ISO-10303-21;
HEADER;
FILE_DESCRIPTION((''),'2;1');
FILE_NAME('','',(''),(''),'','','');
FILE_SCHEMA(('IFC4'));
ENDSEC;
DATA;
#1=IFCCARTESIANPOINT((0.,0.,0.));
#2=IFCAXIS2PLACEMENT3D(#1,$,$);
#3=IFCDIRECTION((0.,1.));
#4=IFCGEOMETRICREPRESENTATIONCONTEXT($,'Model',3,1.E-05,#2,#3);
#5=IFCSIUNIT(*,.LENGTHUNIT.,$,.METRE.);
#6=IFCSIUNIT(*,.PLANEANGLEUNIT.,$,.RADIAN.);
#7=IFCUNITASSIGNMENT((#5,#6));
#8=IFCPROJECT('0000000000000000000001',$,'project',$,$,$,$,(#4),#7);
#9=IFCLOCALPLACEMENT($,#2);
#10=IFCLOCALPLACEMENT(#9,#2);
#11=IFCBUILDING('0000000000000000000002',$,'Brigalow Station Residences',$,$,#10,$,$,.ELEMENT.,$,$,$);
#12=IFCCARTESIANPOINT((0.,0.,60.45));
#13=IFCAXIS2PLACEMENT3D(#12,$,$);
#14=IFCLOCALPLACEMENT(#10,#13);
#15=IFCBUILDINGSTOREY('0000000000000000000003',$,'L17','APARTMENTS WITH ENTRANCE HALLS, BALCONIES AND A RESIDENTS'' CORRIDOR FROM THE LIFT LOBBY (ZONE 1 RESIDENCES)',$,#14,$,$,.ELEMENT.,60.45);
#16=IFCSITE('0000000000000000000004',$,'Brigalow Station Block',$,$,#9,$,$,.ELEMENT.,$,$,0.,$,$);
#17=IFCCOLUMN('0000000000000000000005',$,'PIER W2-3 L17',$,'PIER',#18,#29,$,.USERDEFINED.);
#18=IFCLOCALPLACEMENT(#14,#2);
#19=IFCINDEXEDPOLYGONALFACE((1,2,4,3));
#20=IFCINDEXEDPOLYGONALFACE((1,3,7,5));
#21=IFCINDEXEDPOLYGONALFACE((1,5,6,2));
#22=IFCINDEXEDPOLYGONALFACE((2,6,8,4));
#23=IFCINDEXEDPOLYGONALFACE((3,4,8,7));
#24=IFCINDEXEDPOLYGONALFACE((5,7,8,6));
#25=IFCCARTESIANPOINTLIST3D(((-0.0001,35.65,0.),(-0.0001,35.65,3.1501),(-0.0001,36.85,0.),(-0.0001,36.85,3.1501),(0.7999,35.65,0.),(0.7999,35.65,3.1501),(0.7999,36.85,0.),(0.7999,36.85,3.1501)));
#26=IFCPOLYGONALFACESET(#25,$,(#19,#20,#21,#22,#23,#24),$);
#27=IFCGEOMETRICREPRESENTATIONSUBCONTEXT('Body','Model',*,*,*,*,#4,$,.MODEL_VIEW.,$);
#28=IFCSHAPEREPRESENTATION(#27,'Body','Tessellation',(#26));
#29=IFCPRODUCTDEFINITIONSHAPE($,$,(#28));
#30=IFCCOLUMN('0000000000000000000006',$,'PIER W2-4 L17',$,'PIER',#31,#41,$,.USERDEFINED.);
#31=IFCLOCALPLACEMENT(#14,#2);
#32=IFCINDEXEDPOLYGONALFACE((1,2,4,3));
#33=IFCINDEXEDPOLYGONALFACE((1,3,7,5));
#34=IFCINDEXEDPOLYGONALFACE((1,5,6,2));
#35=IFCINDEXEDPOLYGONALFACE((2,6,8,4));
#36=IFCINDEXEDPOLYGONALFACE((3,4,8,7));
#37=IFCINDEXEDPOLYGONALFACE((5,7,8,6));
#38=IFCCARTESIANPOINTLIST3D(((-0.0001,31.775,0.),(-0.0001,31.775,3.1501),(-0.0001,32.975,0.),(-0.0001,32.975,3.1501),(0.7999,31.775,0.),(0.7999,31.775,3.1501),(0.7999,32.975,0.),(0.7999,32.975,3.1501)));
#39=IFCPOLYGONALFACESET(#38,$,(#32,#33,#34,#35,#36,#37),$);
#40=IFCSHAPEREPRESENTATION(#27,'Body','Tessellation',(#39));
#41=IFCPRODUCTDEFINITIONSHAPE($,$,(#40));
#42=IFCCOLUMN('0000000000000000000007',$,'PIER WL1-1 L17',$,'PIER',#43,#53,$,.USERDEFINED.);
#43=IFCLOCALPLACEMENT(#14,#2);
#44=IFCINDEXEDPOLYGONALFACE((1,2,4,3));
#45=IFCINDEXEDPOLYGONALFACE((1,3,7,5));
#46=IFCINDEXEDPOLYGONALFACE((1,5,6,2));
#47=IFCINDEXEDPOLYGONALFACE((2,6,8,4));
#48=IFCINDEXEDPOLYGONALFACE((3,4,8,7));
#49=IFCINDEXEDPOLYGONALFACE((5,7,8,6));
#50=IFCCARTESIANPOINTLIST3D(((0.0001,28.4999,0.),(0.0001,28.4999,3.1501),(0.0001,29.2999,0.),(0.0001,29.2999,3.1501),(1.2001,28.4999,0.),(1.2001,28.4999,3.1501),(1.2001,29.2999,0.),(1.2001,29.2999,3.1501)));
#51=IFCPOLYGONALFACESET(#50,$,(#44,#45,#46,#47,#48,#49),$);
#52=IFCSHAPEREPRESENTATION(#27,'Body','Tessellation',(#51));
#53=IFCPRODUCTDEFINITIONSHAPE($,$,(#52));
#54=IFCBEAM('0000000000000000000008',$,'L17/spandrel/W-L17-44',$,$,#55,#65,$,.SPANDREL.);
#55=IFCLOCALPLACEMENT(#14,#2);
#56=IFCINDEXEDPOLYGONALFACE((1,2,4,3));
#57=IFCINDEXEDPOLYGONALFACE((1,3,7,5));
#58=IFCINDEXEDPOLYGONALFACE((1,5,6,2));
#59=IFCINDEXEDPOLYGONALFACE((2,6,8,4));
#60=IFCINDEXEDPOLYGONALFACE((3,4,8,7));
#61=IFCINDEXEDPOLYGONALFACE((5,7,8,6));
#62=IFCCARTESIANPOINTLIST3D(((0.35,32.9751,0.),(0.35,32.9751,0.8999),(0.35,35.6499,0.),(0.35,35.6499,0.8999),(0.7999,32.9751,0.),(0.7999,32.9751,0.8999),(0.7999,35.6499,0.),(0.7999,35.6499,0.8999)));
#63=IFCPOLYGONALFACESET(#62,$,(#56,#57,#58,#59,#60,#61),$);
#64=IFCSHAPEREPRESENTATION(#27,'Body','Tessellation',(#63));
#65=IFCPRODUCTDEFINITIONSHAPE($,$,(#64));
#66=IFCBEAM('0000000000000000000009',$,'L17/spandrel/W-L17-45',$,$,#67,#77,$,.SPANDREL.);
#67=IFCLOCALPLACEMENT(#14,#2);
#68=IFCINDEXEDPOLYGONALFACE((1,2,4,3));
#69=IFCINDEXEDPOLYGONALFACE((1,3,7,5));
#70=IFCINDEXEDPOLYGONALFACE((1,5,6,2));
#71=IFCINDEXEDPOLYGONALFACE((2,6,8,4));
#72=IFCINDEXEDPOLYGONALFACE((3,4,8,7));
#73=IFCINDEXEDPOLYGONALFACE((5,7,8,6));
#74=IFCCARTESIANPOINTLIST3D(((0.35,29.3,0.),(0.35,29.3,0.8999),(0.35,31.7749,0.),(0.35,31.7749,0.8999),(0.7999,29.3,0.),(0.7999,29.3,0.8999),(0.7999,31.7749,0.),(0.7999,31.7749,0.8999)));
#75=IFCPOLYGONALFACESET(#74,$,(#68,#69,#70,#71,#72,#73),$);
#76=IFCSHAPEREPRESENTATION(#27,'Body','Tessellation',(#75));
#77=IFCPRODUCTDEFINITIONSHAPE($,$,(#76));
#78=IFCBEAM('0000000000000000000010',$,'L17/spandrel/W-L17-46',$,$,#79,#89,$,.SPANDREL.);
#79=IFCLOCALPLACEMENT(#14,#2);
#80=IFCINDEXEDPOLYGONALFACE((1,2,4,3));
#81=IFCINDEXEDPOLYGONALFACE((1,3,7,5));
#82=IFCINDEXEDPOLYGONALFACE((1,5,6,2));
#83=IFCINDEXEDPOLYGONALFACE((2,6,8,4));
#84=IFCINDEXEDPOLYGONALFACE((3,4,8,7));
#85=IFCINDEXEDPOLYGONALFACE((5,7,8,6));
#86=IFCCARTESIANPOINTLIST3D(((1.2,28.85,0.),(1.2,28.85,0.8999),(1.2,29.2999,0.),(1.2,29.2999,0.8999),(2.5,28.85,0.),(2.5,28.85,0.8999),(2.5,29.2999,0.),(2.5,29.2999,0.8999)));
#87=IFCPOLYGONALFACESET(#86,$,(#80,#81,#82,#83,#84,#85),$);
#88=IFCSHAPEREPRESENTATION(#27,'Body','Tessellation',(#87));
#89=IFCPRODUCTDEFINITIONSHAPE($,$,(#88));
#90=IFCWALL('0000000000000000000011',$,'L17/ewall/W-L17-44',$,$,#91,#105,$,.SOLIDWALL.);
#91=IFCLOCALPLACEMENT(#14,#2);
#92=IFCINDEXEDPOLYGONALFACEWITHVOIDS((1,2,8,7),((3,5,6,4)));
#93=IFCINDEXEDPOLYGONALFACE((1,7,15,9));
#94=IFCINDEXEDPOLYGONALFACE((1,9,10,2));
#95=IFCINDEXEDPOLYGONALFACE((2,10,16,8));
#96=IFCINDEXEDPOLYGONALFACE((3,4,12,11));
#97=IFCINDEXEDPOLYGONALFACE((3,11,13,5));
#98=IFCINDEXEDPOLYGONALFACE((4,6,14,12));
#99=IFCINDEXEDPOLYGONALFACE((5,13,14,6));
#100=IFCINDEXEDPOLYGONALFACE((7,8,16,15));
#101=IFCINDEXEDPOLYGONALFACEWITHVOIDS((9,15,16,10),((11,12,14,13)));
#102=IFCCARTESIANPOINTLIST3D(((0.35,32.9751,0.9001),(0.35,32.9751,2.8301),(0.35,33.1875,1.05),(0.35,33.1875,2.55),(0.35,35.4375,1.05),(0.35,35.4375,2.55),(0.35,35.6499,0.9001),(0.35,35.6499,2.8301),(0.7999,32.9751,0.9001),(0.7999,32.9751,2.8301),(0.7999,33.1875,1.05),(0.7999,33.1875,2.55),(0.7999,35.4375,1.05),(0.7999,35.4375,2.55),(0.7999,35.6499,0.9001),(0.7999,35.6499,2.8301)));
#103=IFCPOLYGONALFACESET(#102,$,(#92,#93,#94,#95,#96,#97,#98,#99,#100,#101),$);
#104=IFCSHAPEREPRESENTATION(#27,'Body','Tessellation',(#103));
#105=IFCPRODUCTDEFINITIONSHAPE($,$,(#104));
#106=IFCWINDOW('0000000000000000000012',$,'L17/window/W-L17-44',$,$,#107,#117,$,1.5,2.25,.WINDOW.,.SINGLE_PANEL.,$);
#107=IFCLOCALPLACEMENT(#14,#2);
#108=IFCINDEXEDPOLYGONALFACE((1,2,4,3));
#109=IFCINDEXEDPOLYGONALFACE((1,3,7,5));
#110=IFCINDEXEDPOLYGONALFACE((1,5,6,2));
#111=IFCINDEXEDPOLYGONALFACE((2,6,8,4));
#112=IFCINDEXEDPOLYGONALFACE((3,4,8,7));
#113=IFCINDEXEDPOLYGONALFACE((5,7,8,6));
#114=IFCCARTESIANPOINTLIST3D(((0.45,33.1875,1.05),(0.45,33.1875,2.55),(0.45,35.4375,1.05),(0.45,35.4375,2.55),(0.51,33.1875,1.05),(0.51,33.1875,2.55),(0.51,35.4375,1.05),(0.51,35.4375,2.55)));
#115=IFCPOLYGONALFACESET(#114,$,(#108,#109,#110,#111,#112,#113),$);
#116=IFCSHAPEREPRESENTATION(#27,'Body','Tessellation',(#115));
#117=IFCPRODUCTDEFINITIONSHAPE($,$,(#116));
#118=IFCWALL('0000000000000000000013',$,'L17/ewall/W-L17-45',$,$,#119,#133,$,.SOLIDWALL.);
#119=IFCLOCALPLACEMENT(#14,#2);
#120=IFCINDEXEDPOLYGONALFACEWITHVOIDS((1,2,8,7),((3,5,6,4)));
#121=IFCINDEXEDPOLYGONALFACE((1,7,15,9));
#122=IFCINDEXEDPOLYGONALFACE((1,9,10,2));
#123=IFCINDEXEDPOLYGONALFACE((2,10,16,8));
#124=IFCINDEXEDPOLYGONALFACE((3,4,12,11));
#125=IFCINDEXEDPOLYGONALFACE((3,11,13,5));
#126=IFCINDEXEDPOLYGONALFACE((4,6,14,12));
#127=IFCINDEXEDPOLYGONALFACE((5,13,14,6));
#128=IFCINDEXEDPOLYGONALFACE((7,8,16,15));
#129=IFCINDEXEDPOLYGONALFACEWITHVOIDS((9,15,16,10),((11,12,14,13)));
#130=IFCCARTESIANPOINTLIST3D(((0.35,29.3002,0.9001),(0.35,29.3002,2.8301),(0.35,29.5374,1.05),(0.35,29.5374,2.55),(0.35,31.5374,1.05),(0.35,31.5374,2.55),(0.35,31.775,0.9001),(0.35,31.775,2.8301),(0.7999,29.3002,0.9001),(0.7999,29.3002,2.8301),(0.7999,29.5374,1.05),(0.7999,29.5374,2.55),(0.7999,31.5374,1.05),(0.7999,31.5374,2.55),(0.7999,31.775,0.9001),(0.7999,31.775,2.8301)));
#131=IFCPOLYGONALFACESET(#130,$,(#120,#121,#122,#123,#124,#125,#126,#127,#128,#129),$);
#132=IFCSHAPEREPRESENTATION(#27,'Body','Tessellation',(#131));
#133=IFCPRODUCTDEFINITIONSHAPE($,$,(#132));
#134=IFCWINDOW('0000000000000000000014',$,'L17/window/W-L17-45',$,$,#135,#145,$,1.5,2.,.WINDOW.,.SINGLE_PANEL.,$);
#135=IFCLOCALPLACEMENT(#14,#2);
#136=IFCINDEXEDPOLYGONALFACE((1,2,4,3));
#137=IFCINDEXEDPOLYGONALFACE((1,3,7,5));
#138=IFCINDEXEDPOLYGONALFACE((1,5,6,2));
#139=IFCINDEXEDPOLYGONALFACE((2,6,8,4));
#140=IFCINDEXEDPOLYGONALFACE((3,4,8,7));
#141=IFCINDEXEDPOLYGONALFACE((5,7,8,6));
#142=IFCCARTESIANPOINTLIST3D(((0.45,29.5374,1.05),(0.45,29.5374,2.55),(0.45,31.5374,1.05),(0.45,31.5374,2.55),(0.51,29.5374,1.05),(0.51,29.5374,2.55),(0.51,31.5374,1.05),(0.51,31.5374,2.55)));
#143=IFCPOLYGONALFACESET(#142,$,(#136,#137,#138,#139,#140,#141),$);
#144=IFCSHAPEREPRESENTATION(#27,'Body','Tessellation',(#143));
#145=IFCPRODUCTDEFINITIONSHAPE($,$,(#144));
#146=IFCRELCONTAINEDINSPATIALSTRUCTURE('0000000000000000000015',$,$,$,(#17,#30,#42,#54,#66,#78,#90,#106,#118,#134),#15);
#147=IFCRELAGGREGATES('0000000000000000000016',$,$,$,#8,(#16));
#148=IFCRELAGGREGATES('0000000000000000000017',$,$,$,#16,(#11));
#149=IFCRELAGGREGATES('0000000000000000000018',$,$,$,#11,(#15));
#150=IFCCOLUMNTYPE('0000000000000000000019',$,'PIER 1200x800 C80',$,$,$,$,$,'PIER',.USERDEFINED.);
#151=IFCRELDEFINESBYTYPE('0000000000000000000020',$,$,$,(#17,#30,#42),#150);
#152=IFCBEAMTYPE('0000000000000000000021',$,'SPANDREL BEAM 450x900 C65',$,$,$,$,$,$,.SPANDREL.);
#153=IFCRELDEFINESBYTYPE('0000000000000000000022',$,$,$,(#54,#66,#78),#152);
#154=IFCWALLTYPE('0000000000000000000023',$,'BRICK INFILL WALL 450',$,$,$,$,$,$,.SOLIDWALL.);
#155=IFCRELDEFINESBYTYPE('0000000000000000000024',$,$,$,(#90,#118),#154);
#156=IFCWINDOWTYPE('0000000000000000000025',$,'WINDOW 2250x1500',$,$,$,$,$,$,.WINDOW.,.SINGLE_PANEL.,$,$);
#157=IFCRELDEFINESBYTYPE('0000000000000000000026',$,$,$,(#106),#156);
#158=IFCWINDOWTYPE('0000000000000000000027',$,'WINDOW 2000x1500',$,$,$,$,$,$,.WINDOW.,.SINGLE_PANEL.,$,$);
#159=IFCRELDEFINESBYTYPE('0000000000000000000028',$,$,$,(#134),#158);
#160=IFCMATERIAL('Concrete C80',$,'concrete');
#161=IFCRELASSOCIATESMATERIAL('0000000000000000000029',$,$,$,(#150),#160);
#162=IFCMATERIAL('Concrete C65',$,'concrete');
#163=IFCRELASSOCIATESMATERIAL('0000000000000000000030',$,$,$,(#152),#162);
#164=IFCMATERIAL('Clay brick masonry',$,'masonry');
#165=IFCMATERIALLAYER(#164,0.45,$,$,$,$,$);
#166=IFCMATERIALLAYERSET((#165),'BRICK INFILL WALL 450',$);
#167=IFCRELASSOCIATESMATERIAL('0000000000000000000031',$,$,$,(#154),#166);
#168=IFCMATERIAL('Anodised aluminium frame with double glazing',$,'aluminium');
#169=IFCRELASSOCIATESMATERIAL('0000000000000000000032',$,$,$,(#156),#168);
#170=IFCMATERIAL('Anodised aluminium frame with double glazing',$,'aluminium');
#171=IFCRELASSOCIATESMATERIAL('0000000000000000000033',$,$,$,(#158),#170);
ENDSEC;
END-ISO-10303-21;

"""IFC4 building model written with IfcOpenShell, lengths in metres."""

from ifc_helpers import new_model, si_unit, direction, frame, frame_2d, origin, origin_2d, place, context, subcontext, project, spatial, rectangle, extrude, material, layer, layer_set, material_profile, profile_set, type_object, element, fill, save


model = new_model("IFC4")

# Units and contexts
model_context = context("Model", 3, precision=1e-05, world=origin(), true_north=direction((0.0, 1.0)))
body_context = subcontext(model_context, "Body", "Model", "MODEL_VIEW")
ifc_project = project(units=[si_unit("LENGTHUNIT", "METRE"), si_unit("PLANEANGLEUNIT", "RADIAN")], contexts=[model_context])

# Site, building, storey
site_placement = place(None, origin())
site = spatial("IfcSite", under=ifc_project, at=site_placement, Name="Brigalow Station Block", CompositionType="ELEMENT", RefElevation=0.0)
building_placement = place(site_placement, origin())
building = spatial("IfcBuilding", under=site, at=building_placement, Name="Brigalow Station Residences", CompositionType="ELEMENT")
storey_placement = place(building_placement, frame((0.0, 0.0, 60.45)))
storey = spatial("IfcBuildingStorey", under=building, at=storey_placement, Name="L17", Description="APARTMENTS WITH ENTRANCE HALLS, BALCONIES AND A RESIDENTS' CORRIDOR FROM THE LIFT LOBBY (ZONE 1 RESIDENCES)", CompositionType="ELEMENT", Elevation=60.45)

# Columns
ifc_material_1 = material(Name="Concrete C80", Category="concrete")
ifc_material_profile_1 = material_profile(ifc_material_1, rectangle(XDim=1.2, YDim=0.8, at=origin_2d()), Name="RC1200x800")
ifc_profile_set_1 = profile_set([ifc_material_profile_1], Name="Concrete C80")
column_type = type_object("IfcColumnType", Name="PIER 1200x800 C80", ElementType="PIER", PredefinedType="USERDEFINED", material=ifc_profile_set_1)
for number, where, z_axis, x_axis, name in (
    (1, (0.3999, 36.25, 0.0), (0.0, 0.0, 1.0), (0.0, -1.0, 0.0), "PIER W2-3 L17"),
    (2, (0.3999, 32.375, 0.0), (0.0, 0.0, 1.0), (0.0, -1.0, 0.0), "PIER W2-4 L17"),
    (3, (0.6001, 28.8999, 0.0), (0.0, 0.0, 1.0), (1.0, 0.0, 0.0), "PIER WL1-1 L17"),
):
    element("IfcColumn", number, at=place(storey_placement, frame(where, z_axis=z_axis, x_axis=x_axis)), inside=storey, type_object=column_type, Name=name, ObjectType="PIER", PredefinedType="USERDEFINED", context=body_context, shape_type="SweptSolid", body=[
        extrude(rectangle(XDim=1.2, YDim=0.8, at=origin_2d()), origin(), (0.0, 0.0, 1.0), 3.1501),
    ])

# Beams
ifc_material_2 = material(Name="Concrete C65", Category="concrete")
ifc_material_profile_2 = material_profile(ifc_material_2, rectangle(XDim=0.45, YDim=0.8999, at=origin_2d()), Name="RC450x900")
ifc_profile_set_2 = profile_set([ifc_material_profile_2], Name="Concrete C65")
beam_type = type_object("IfcBeamType", Name="SPANDREL BEAM 450x900 C65", PredefinedType="SPANDREL", material=ifc_profile_set_2)
beam_1_placement = place(storey_placement, frame((0.575, 35.6499, 0.45), z_axis=(0.0, -1.0, 0.0), x_axis=(1.0, 0.0, 0.0)))
element("IfcBeam", 4, at=beam_1_placement, inside=storey, type_object=beam_type, Name="L17/spandrel/W-L17-44", PredefinedType="SPANDREL", context=body_context, shape_type="SweptSolid", body=[
    extrude(rectangle(XDim=0.45, YDim=0.8999, at=origin_2d()), origin(), (0.0, 0.0, 1.0), 2.6748),
])
beam_2_placement = place(storey_placement, frame((0.575, 31.7749, 0.45), z_axis=(0.0, -1.0, 0.0), x_axis=(1.0, 0.0, 0.0)))
element("IfcBeam", 5, at=beam_2_placement, inside=storey, type_object=beam_type, Name="L17/spandrel/W-L17-45", PredefinedType="SPANDREL", context=body_context, shape_type="SweptSolid", body=[
    extrude(rectangle(XDim=0.45, YDim=0.8999, at=origin_2d()), origin(), (0.0, 0.0, 1.0), 2.4749),
])
beam_3_placement = place(storey_placement, frame((1.2, 29.075, 0.45), z_axis=(1.0, 0.0, 0.0), x_axis=(0.0, 1.0, 0.0)))
element("IfcBeam", 6, at=beam_3_placement, inside=storey, type_object=beam_type, Name="L17/spandrel/W-L17-46", PredefinedType="SPANDREL", context=body_context, shape_type="SweptSolid", body=[
    extrude(rectangle(XDim=0.45, YDim=0.8999, at=origin_2d()), origin(), (0.0, 0.0, 1.0), 1.3),
])

# Walls, openings, windows
ifc_material_3 = material(Name="Clay brick masonry", Category="masonry")
ifc_layer_1 = layer(ifc_material_3, 0.45)
ifc_layer_set_1 = layer_set([ifc_layer_1], Name="BRICK INFILL WALL 450")
wall_type_1 = type_object("IfcWallType", Name="BRICK INFILL WALL 450", PredefinedType="SOLIDWALL", material=ifc_layer_set_1)
wall_1_placement = place(storey_placement, frame((0.575, 35.6499, 0.9001), z_axis=(0.0, 0.0, 1.0), x_axis=(0.0, -1.0, 0.0)))
wall_1 = element("IfcWall", 7, at=wall_1_placement, inside=storey, type_object=wall_type_1, Name="L17/ewall/W-L17-44", PredefinedType="SOLIDWALL", context=body_context, shape_type="SweptSolid", body=[
    extrude(rectangle(XDim=2.6748, YDim=0.45, at=frame_2d((1.3374, 0.0))), origin(), (0.0, 0.0, 1.0), 1.9299),
])
opening_1_placement = place(wall_1_placement, frame((0.2124, 0.0, 0.1499)))
opening_1 = element("IfcOpeningElement", 8, at=opening_1_placement, cuts=wall_1, PredefinedType="OPENING", context=body_context, shape_type="SweptSolid", body=[
    extrude(rectangle(XDim=2.25, YDim=1.5, at=frame_2d((1.125, 0.75))), frame((0.0, 0.2349, 0.0), z_axis=(0.0, -1.0, 0.0), x_axis=(1.0, 0.0, 0.0)), (0.0, 0.0, 1.0), 0.47),
])
ifc_material_4 = material(Name="Anodised aluminium frame with double glazing", Category="aluminium")
window_type_1 = type_object("IfcWindowType", Name="WINDOW 2250x1500", PartitioningType="SINGLE_PANEL", PredefinedType="WINDOW", material=ifc_material_4)
window_1_placement = place(opening_1_placement, origin())
window_1 = element("IfcWindow", 9, at=window_1_placement, inside=storey, type_object=window_type_1, Name="L17/window/W-L17-44", OverallHeight=1.5, OverallWidth=2.25, PartitioningType="SINGLE_PANEL", PredefinedType="WINDOW", context=body_context, shape_type="SweptSolid", body=[
    extrude(rectangle(XDim=2.25, YDim=1.5, at=frame_2d((1.125, 0.75))), frame((0.0, -0.0649, 0.0), z_axis=(0.0, -1.0, 0.0), x_axis=(1.0, 0.0, 0.0)), (0.0, 0.0, 1.0), 0.0601),
])
fill(opening_1, window_1)
wall_2_placement = place(storey_placement, frame((0.575, 31.7749, 0.9001), z_axis=(0.0, 0.0, 1.0), x_axis=(0.0, -1.0, 0.0)))
wall_2 = element("IfcWall", 10, at=wall_2_placement, inside=storey, type_object=wall_type_1, Name="L17/ewall/W-L17-45", PredefinedType="SOLIDWALL", context=body_context, shape_type="SweptSolid", body=[
    extrude(rectangle(XDim=2.4749, YDim=0.45, at=frame_2d((1.2373, 0.0))), origin(), (0.0, 0.0, 1.0), 1.9299),
])
opening_2_placement = place(wall_2_placement, frame((0.2375, 0.0, 0.1499)))
opening_2 = element("IfcOpeningElement", 11, at=opening_2_placement, cuts=wall_2, PredefinedType="OPENING", context=body_context, shape_type="SweptSolid", body=[
    extrude(rectangle(XDim=2.0, YDim=1.5, at=frame_2d((1.0, 0.75))), frame((0.0, 0.2349, 0.0), z_axis=(0.0, -1.0, 0.0), x_axis=(1.0, 0.0, 0.0)), (0.0, 0.0, 1.0), 0.47),
])
ifc_material_5 = material(Name="Anodised aluminium frame with double glazing", Category="aluminium")
window_type_2 = type_object("IfcWindowType", Name="WINDOW 2000x1500", PartitioningType="SINGLE_PANEL", PredefinedType="WINDOW", material=ifc_material_5)
window_2_placement = place(opening_2_placement, origin())
window_2 = element("IfcWindow", 12, at=window_2_placement, inside=storey, type_object=window_type_2, Name="L17/window/W-L17-45", OverallHeight=1.5, OverallWidth=2.0, PartitioningType="SINGLE_PANEL", PredefinedType="WINDOW", context=body_context, shape_type="SweptSolid", body=[
    extrude(rectangle(XDim=2.0, YDim=1.5, at=frame_2d((1.0, 0.75))), frame((0.0, -0.0649, 0.0), z_axis=(0.0, -1.0, 0.0), x_axis=(1.0, 0.0, 0.0)), (0.0, 0.0, 1.0), 0.0601),
])
fill(opening_2, window_2)

save(model, "model.ifc")
